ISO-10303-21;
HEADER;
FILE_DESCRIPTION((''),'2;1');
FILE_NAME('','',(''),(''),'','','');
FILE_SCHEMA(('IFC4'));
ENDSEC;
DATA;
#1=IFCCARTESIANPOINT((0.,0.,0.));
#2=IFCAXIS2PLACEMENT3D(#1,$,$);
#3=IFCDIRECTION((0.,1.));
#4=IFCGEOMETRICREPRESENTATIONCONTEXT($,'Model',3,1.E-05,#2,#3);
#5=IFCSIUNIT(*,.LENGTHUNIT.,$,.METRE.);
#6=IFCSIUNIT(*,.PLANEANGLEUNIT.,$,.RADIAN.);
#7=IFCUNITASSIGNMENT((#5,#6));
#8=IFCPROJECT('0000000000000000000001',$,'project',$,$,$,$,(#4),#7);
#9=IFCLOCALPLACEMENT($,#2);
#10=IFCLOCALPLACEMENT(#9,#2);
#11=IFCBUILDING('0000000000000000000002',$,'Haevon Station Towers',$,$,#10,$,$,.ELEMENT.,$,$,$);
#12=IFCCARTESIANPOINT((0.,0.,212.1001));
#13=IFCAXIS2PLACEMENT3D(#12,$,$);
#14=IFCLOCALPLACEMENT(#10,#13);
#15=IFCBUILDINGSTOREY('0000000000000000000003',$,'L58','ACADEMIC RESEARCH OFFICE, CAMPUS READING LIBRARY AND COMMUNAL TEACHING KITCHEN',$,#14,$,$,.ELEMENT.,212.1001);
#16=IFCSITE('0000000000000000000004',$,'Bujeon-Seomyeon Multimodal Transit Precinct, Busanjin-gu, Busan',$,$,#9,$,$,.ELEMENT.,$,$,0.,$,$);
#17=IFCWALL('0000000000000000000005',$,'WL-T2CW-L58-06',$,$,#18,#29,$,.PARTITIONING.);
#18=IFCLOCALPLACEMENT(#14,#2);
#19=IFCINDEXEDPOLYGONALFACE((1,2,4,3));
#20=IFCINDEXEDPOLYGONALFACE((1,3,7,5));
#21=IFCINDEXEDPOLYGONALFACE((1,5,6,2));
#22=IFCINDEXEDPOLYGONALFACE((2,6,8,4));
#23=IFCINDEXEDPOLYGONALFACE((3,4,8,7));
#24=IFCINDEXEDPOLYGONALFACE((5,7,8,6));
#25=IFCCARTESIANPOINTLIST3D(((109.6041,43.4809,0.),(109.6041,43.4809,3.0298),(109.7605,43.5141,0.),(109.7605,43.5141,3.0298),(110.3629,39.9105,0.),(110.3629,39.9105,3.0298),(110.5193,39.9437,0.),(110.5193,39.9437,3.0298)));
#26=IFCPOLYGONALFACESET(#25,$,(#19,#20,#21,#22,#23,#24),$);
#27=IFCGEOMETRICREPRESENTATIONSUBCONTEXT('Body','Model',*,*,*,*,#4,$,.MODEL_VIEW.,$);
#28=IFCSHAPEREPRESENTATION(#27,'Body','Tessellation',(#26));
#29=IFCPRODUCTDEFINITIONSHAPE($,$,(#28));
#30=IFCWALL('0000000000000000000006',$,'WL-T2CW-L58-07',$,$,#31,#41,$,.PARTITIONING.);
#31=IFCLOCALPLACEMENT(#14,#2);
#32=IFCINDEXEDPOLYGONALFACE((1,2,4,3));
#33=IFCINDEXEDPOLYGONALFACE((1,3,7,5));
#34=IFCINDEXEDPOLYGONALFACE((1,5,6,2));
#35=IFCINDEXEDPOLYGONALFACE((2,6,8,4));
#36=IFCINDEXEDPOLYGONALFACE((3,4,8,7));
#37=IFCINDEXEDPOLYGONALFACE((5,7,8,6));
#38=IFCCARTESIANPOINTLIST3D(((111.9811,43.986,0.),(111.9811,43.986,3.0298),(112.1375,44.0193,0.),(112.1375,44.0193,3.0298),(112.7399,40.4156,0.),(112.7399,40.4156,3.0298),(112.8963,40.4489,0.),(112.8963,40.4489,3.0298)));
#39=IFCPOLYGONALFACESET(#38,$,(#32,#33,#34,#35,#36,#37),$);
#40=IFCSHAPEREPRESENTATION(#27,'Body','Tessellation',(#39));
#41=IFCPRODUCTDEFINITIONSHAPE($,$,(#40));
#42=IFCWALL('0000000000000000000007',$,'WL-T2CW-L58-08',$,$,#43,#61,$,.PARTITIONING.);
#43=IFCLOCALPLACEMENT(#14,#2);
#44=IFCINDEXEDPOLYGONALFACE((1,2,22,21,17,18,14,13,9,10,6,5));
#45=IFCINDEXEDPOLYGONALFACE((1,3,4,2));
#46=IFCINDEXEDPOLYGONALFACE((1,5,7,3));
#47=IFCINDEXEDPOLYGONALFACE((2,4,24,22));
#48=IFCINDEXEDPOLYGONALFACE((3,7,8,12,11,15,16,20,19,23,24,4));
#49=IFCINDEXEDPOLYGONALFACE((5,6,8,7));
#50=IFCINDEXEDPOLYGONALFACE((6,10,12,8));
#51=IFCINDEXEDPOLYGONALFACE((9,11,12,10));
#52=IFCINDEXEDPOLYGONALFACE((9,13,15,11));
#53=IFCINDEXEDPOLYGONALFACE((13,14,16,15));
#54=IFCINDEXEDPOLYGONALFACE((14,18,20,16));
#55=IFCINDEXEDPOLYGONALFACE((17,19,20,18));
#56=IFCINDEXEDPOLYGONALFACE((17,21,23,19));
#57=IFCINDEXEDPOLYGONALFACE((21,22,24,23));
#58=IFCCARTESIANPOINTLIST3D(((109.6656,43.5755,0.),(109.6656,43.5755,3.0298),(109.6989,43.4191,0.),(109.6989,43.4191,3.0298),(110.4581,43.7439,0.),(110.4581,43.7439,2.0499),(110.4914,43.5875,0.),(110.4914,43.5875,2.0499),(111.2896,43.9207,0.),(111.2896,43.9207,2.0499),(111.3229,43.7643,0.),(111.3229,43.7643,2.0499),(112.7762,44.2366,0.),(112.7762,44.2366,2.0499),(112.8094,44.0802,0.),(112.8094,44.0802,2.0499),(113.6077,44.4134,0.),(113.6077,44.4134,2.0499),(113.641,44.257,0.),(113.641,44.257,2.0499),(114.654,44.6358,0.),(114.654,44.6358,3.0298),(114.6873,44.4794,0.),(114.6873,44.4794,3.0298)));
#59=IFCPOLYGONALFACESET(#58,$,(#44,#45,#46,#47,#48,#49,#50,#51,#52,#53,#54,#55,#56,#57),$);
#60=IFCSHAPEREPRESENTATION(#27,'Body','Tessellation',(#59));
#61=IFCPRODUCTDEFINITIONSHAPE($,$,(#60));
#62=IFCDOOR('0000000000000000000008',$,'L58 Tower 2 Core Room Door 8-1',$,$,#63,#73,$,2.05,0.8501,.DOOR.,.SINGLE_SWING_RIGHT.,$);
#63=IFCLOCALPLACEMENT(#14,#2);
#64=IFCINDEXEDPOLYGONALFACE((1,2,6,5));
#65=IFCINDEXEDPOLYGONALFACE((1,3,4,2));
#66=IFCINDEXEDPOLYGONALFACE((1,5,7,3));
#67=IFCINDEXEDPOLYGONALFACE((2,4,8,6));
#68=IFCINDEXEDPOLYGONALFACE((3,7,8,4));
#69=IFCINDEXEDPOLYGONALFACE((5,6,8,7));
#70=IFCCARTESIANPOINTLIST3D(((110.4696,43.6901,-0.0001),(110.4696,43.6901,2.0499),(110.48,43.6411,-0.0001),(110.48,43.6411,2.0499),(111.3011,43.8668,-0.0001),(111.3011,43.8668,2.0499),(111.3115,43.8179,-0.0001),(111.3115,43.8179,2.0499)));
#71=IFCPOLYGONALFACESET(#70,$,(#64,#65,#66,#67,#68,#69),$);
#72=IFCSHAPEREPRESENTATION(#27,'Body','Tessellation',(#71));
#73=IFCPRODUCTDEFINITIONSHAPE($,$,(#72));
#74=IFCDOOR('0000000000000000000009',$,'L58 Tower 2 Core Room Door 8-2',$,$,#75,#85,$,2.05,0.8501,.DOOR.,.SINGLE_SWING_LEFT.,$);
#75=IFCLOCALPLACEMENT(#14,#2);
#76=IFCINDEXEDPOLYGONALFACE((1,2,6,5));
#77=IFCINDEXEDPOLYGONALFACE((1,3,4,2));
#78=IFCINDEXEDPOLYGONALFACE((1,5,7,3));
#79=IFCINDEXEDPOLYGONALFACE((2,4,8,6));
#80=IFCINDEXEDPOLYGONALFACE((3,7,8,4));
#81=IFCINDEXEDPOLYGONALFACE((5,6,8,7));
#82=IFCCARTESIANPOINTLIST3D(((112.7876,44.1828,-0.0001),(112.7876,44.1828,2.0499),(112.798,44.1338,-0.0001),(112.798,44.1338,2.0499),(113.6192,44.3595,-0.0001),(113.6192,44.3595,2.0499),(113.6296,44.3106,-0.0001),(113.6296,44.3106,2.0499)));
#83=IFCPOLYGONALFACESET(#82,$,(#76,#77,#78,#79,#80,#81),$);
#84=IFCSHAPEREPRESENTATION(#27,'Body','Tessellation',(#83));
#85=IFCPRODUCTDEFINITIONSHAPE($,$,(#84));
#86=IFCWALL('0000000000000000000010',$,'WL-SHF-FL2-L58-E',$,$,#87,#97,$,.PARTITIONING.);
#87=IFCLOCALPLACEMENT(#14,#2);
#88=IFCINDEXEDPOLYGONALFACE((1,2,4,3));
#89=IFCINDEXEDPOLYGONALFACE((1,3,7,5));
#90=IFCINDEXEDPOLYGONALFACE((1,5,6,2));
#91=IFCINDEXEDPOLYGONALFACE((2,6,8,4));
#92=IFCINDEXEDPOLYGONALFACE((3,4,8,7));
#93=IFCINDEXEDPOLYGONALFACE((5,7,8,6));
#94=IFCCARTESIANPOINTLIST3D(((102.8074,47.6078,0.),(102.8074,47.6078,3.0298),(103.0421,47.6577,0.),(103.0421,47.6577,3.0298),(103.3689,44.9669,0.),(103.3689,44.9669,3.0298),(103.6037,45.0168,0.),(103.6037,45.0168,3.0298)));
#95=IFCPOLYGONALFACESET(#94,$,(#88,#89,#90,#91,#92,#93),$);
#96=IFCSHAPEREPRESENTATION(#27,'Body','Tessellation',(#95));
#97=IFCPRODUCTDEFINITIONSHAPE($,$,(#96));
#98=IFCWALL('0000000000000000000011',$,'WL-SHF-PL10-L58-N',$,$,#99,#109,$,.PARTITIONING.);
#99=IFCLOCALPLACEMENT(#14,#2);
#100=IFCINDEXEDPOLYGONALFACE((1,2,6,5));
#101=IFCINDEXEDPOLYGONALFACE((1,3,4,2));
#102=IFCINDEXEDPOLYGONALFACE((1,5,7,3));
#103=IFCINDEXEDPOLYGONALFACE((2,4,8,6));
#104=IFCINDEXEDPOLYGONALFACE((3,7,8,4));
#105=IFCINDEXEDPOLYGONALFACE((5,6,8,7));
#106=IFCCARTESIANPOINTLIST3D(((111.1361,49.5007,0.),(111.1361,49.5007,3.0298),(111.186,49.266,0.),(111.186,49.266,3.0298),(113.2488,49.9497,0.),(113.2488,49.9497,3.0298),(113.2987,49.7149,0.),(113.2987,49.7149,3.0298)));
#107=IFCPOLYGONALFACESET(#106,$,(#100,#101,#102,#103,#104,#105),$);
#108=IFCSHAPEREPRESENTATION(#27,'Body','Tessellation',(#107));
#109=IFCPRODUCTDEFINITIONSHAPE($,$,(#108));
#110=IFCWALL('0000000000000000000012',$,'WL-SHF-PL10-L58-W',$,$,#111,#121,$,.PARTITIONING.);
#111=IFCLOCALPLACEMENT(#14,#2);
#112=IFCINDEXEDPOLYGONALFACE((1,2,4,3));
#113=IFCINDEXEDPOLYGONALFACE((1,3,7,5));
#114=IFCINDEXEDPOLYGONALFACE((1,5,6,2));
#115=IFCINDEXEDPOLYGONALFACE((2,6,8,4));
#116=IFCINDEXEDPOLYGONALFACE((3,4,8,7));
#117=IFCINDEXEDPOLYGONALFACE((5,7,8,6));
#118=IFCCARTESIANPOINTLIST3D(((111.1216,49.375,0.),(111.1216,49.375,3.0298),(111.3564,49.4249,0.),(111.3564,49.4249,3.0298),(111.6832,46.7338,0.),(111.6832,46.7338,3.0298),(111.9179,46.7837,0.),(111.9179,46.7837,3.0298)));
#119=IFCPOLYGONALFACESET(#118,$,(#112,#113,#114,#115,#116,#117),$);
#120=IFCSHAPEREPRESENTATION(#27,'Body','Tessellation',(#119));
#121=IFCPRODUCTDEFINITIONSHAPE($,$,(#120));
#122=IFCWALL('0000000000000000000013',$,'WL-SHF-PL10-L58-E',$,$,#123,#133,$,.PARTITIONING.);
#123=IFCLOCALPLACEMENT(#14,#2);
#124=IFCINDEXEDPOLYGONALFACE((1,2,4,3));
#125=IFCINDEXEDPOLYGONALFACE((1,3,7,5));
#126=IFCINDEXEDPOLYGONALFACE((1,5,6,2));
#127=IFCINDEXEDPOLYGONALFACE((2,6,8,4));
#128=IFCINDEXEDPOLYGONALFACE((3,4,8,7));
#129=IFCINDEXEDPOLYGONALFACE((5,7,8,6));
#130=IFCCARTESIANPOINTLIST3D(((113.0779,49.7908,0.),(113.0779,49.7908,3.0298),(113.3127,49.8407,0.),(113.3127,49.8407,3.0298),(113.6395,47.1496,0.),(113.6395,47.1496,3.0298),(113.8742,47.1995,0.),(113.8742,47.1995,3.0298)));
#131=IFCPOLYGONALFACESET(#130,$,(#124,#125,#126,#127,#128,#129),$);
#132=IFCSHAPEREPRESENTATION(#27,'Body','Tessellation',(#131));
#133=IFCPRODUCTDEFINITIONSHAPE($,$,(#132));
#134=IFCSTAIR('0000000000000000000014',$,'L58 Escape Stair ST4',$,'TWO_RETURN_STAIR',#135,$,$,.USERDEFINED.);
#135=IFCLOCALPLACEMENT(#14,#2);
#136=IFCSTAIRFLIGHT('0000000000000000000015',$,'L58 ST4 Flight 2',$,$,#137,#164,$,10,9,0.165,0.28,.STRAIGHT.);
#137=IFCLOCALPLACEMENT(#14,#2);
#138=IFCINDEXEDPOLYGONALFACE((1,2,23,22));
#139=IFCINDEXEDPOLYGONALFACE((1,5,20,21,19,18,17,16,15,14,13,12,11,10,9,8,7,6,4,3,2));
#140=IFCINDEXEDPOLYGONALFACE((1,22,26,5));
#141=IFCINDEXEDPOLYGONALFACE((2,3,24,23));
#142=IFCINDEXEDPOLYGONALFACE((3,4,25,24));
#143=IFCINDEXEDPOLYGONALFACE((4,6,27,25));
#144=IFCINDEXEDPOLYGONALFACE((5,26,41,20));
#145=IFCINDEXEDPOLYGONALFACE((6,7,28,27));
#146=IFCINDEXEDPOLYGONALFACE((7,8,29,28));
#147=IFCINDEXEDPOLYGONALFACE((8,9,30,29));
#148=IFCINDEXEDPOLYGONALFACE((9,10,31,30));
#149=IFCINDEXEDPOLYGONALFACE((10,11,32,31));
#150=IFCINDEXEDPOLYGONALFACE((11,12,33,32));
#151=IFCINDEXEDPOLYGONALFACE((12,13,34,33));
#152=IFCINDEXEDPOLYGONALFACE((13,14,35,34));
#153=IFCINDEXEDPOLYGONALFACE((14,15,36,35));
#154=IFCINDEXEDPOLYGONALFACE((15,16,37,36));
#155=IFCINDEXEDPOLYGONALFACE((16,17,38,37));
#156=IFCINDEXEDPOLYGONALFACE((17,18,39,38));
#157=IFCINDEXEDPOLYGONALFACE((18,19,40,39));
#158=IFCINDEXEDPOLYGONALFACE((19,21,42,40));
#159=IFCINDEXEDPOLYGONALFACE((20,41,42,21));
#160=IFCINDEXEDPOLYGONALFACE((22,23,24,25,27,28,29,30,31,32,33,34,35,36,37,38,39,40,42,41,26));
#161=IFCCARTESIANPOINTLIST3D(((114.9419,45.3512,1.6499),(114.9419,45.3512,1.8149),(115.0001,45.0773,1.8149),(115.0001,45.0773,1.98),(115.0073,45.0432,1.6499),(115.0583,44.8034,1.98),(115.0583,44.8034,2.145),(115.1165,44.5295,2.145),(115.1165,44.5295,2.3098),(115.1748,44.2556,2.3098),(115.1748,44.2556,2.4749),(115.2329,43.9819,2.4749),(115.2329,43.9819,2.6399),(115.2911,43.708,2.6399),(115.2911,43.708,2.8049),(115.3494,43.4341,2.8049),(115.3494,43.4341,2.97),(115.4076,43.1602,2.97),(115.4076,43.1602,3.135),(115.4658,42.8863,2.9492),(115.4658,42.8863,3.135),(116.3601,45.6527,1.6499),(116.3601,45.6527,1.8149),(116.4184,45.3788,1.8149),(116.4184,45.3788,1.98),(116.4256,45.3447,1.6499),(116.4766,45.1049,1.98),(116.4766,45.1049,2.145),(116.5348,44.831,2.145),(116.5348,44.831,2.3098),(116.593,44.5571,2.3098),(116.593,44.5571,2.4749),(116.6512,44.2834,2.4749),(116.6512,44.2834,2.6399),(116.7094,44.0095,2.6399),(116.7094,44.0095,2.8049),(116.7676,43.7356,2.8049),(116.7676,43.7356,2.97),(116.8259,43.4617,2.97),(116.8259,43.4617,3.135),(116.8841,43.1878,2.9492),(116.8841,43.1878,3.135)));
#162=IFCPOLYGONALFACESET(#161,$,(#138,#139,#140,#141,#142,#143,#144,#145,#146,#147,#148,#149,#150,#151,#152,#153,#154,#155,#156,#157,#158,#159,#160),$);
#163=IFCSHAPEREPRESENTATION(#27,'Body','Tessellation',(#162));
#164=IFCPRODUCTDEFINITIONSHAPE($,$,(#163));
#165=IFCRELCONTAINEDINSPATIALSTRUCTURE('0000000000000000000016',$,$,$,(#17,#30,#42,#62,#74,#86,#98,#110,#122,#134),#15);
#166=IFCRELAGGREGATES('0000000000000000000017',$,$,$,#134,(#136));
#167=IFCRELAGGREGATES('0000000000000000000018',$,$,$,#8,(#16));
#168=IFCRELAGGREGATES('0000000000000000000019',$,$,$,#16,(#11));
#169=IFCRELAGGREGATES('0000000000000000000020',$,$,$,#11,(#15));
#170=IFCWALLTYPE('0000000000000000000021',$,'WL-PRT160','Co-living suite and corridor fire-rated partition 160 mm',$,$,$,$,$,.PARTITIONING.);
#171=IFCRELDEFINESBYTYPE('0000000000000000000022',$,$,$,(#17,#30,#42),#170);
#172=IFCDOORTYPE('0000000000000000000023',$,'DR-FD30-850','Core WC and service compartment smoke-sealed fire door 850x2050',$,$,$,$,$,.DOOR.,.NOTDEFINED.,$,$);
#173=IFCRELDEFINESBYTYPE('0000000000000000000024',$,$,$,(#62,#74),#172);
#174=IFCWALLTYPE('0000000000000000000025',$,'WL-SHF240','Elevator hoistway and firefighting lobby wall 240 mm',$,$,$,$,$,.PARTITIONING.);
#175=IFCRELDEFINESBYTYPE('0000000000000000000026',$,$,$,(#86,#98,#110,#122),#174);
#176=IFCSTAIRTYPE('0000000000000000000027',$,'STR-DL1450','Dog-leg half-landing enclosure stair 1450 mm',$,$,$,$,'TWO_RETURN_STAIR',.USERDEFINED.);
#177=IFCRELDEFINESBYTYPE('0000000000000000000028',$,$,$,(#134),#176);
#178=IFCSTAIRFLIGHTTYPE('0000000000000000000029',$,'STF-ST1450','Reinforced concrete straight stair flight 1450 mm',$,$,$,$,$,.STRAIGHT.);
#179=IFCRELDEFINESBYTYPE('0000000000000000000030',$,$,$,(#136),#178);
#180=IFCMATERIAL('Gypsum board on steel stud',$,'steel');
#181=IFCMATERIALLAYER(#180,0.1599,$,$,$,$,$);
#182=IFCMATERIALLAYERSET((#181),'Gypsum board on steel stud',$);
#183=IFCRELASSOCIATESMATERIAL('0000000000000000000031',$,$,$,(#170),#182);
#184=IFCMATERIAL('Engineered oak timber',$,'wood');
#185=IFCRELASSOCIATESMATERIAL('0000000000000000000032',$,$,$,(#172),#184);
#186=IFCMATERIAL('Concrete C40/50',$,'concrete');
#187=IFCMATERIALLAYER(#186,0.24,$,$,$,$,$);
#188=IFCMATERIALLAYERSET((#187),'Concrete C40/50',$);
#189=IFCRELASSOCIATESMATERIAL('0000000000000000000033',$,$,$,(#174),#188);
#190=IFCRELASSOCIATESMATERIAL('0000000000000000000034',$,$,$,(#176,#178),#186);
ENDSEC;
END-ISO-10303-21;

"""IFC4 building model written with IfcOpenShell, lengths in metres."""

from ifc_helpers import new_model, si_unit, direction, frame, frame_2d, origin, place, context, subcontext, project, spatial, polyline, rectangle, outline, extrude, material, layer, layer_set, type_object, element, fill, aggregate, save


model = new_model("IFC4")

# Units and contexts
model_context = context("Model", 3, precision=1e-05, world=origin(), true_north=direction((0.0, 1.0)))
body_context = subcontext(model_context, "Body", "Model", "MODEL_VIEW")
ifc_project = project(units=[si_unit("LENGTHUNIT", "METRE"), si_unit("PLANEANGLEUNIT", "RADIAN")], contexts=[model_context])

# Site, building, storey
site_placement = place(None, origin())
site = spatial("IfcSite", under=ifc_project, at=site_placement, Name="Bujeon-Seomyeon Multimodal Transit Precinct, Busanjin-gu, Busan", CompositionType="ELEMENT", RefElevation=0.0)
building_placement = place(site_placement, origin())
building = spatial("IfcBuilding", under=site, at=building_placement, Name="Haevon Station Towers", CompositionType="ELEMENT")
storey_placement = place(building_placement, frame((0.0, 0.0, 212.1001)))
storey = spatial("IfcBuildingStorey", under=building, at=storey_placement, Name="L58", Description="ACADEMIC RESEARCH OFFICE, CAMPUS READING LIBRARY AND COMMUNAL TEACHING KITCHEN", CompositionType="ELEMENT", Elevation=212.1001)

# Shared definitions
ifc_material_1 = material(Name="Gypsum board on steel stud", Category="steel")
ifc_material_2 = material(Name="Engineered oak timber", Category="wood")

# Shared definitions
ifc_layer_1 = layer(ifc_material_1, 0.1599)
ifc_layer_set_1 = layer_set([ifc_layer_1], Name="Gypsum board on steel stud")
wall_type_1 = type_object("IfcWallType", Name="WL-PRT160", Description="Co-living suite and corridor fire-rated partition 160 mm", PredefinedType="PARTITIONING", material=ifc_layer_set_1)

# Walls
for number, where, z_axis, x_axis, name in (
    (1, (110.4412, 39.927, 0.0), (0.0, 0.0, 1.0), (-0.207884, 0.978153, 0.0), "WL-T2CW-L58-06"),
    (2, (112.8181, 40.4321, 0.0), (0.0, 0.0, 1.0), (-0.207884, 0.978153, 0.0), "WL-T2CW-L58-07"),
):
    element("IfcWall", number, at=place(storey_placement, frame(where, z_axis=z_axis, x_axis=x_axis)), inside=storey, type_object=wall_type_1, Name=name, PredefinedType="PARTITIONING", context=body_context, shape_type="SweptSolid", body=[
        extrude(rectangle(XDim=3.6501, YDim=0.1599, at=frame_2d((1.8252, 0.0))), origin(), (0.0, 0.0, 1.0), 3.0298),
    ])

# Wall, openings, doors
wall_1_placement = place(storey_placement, frame((109.6824, 43.4973, 0.0), z_axis=(0.0, 0.0, 1.0), x_axis=(0.978149, 0.207904, 0.0)))
wall_1 = element("IfcWall", 3, at=wall_1_placement, inside=storey, type_object=wall_type_1, Name="WL-T2CW-L58-08", PredefinedType="PARTITIONING", context=body_context, shape_type="SweptSolid", body=[
    extrude(rectangle(XDim=5.0999, YDim=0.1599, at=frame_2d((2.5498, 0.0))), origin(), (0.0, 0.0, 1.0), 3.0298),
])
opening_1_placement = place(wall_1_placement, frame((0.8101, 0.0, 0.0)))
opening_1 = element("IfcOpeningElement", 4, at=opening_1_placement, cuts=wall_1, PredefinedType="OPENING", context=body_context, shape_type="SweptSolid", body=[
    extrude(rectangle(XDim=0.8501, YDim=2.05, at=frame_2d((0.425, 1.0249))), frame((0.0, 0.0898, 0.0), z_axis=(0.0, -1.0, 0.0), x_axis=(1.0, 0.0, 0.0)), (0.0, 0.0, 1.0), 0.1799),
])
opening_2_placement = place(wall_1_placement, frame((3.1799, 0.0, 0.0)))
opening_2 = element("IfcOpeningElement", 5, at=opening_2_placement, cuts=wall_1, PredefinedType="OPENING", context=body_context, shape_type="SweptSolid", body=[
    extrude(rectangle(XDim=0.8501, YDim=2.05, at=frame_2d((0.425, 1.0249))), frame((0.0, 0.0898, 0.0), z_axis=(0.0, -1.0, 0.0), x_axis=(1.0, 0.0, 0.0)), (0.0, 0.0, 1.0), 0.1799),
])
door_type_1 = type_object("IfcDoorType", Name="DR-FD30-850", Description="Core WC and service compartment smoke-sealed fire door 850x2050", OperationType="NOTDEFINED", PredefinedType="DOOR", material=ifc_material_2)
door_1_placement = place(opening_1_placement, origin())
door_1 = element("IfcDoor", 6, at=door_1_placement, inside=storey, type_object=door_type_1, Name="L58 Tower 2 Core Room Door 8-1", OperationType="SINGLE_SWING_RIGHT", OverallHeight=2.05, OverallWidth=0.8501, PredefinedType="DOOR", context=body_context, shape_type="SweptSolid", body=[
    extrude(rectangle(XDim=0.8501, YDim=2.05, at=frame_2d((0.425, 1.0249))), frame((0.0, 0.0249, 0.0), z_axis=(0.0, -1.0, 0.0), x_axis=(1.0, 0.0, 0.0)), (0.0, 0.0, 1.0), 0.05),
])
fill(opening_1, door_1)
door_2_placement = place(opening_2_placement, origin())
door_2 = element("IfcDoor", 7, at=door_2_placement, inside=storey, type_object=door_type_1, Name="L58 Tower 2 Core Room Door 8-2", OperationType="SINGLE_SWING_LEFT", OverallHeight=2.05, OverallWidth=0.8501, PredefinedType="DOOR", context=body_context, shape_type="SweptSolid", body=[
    extrude(rectangle(XDim=0.8501, YDim=2.05, at=frame_2d((0.425, 1.0249))), frame((0.0, 0.0249, 0.0), z_axis=(0.0, -1.0, 0.0), x_axis=(1.0, 0.0, 0.0)), (0.0, 0.0, 1.0), 0.05),
])
fill(opening_2, door_2)

# Wall
ifc_material_3 = material(Name="Concrete C40/50", Category="concrete")
ifc_layer_2 = layer(ifc_material_3, 0.24)
ifc_layer_set_2 = layer_set([ifc_layer_2], Name="Concrete C40/50")
wall_type_2 = type_object("IfcWallType", Name="WL-SHF240", Description="Elevator hoistway and firefighting lobby wall 240 mm", PredefinedType="PARTITIONING", material=ifc_layer_set_2)
wall_2_placement = place(storey_placement, frame((103.4863, 44.9917, 0.0), z_axis=(0.0, 0.0, 1.0), x_axis=(-0.207979, 0.978133, 0.0)))
element("IfcWall", 8, at=wall_2_placement, inside=storey, type_object=wall_type_2, Name="WL-SHF-FL2-L58-E", PredefinedType="PARTITIONING", context=body_context, shape_type="SweptSolid", body=[
    extrude(rectangle(XDim=2.7, YDim=0.24, at=frame_2d((1.3501, 0.0))), origin(), (0.0, 0.0, 1.0), 3.0298),
])

# Walls
wall_3_placement = place(storey_placement, frame((111.1609, 49.3833, 0.0), z_axis=(0.0, 0.0, 1.0), x_axis=(0.978158, 0.207861, 0.0)))
element("IfcWall", 9, at=wall_3_placement, inside=storey, type_object=wall_type_2, Name="WL-SHF-PL10-L58-N", PredefinedType="PARTITIONING", context=body_context, shape_type="SweptSolid", body=[
    extrude(rectangle(XDim=2.1599, YDim=0.24, at=frame_2d((1.0801, 0.0))), origin(), (0.0, 0.0, 1.0), 3.0298),
])
for number, where, z_axis, x_axis, name in (
    (10, (111.8005, 46.7588, 0.0), (0.0, 0.0, 1.0), (-0.20796, 0.978137, 0.0), "WL-SHF-PL10-L58-W"),
    (11, (113.7568, 47.1746, 0.0), (0.0, 0.0, 1.0), (-0.20796, 0.978137, 0.0), "WL-SHF-PL10-L58-E"),
):
    element("IfcWall", number, at=place(storey_placement, frame(where, z_axis=z_axis, x_axis=x_axis)), inside=storey, type_object=wall_type_2, Name=name, PredefinedType="PARTITIONING", context=body_context, shape_type="SweptSolid", body=[
        extrude(rectangle(XDim=2.7002, YDim=0.24, at=frame_2d((1.3501, 0.0))), origin(), (0.0, 0.0, 1.0), 3.0298),
    ])

# Stair, stair flight
stair_type = type_object("IfcStairType", Name="STR-DL1450", Description="Dog-leg half-landing enclosure stair 1450 mm", ElementType="TWO_RETURN_STAIR", PredefinedType="USERDEFINED", material=ifc_material_3)
stair_placement = place(storey_placement, origin())
stair = element("IfcStair", 12, at=stair_placement, inside=storey, type_object=stair_type, Name="L58 Escape Stair ST4", ObjectType="TWO_RETURN_STAIR", PredefinedType="USERDEFINED")
stair_flight_type = type_object("IfcStairFlightType", Name="STF-ST1450", Description="Reinforced concrete straight stair flight 1450 mm", PredefinedType="STRAIGHT", material=ifc_material_3)
stair_flight_placement = place(storey_placement, frame((115.6509, 45.502, 1.6499), z_axis=(0.0, 0.0, 1.0), x_axis=(0.207912, -0.978148, 0.0)))
stair_flight = element("IfcStairFlight", 13, at=stair_flight_placement, type_object=stair_flight_type, Name="L58 ST4 Flight 2", NumberOfRisers=10, NumberOfTreads=9, PredefinedType="STRAIGHT", RiserHeight=0.165, TreadLength=0.28, context=body_context, shape_type="SweptSolid", body=[
    extrude(outline(polyline([(0.0, 0.0), (0.0, 0.165), (0.28, 0.165), (0.28, 0.3301), (0.5601, 0.3301), (0.5601, 0.4951), (0.8401, 0.4951), (0.8401, 0.6599), (1.1201, 0.6599), (1.1201, 0.825), (1.3999, 0.825), (1.3999, 0.99), (1.6799, 0.99), (1.6799, 1.155), (1.96, 1.155), (1.96, 1.3201), (2.24, 1.3201), (2.24, 1.4851), (2.52, 1.4851), (2.52, 1.6499), (2.52, 1.2993), (0.3149, 0.0), (0.0, 0.0)])), frame((0.0, 0.7251, 0.0), z_axis=(0.0, -1.0, 0.0), x_axis=(1.0, 0.0, 0.0)), (0.0, 0.0, 1.0), 1.45),
])
aggregate(stair, [stair_flight])

save(model, "model.ifc")
